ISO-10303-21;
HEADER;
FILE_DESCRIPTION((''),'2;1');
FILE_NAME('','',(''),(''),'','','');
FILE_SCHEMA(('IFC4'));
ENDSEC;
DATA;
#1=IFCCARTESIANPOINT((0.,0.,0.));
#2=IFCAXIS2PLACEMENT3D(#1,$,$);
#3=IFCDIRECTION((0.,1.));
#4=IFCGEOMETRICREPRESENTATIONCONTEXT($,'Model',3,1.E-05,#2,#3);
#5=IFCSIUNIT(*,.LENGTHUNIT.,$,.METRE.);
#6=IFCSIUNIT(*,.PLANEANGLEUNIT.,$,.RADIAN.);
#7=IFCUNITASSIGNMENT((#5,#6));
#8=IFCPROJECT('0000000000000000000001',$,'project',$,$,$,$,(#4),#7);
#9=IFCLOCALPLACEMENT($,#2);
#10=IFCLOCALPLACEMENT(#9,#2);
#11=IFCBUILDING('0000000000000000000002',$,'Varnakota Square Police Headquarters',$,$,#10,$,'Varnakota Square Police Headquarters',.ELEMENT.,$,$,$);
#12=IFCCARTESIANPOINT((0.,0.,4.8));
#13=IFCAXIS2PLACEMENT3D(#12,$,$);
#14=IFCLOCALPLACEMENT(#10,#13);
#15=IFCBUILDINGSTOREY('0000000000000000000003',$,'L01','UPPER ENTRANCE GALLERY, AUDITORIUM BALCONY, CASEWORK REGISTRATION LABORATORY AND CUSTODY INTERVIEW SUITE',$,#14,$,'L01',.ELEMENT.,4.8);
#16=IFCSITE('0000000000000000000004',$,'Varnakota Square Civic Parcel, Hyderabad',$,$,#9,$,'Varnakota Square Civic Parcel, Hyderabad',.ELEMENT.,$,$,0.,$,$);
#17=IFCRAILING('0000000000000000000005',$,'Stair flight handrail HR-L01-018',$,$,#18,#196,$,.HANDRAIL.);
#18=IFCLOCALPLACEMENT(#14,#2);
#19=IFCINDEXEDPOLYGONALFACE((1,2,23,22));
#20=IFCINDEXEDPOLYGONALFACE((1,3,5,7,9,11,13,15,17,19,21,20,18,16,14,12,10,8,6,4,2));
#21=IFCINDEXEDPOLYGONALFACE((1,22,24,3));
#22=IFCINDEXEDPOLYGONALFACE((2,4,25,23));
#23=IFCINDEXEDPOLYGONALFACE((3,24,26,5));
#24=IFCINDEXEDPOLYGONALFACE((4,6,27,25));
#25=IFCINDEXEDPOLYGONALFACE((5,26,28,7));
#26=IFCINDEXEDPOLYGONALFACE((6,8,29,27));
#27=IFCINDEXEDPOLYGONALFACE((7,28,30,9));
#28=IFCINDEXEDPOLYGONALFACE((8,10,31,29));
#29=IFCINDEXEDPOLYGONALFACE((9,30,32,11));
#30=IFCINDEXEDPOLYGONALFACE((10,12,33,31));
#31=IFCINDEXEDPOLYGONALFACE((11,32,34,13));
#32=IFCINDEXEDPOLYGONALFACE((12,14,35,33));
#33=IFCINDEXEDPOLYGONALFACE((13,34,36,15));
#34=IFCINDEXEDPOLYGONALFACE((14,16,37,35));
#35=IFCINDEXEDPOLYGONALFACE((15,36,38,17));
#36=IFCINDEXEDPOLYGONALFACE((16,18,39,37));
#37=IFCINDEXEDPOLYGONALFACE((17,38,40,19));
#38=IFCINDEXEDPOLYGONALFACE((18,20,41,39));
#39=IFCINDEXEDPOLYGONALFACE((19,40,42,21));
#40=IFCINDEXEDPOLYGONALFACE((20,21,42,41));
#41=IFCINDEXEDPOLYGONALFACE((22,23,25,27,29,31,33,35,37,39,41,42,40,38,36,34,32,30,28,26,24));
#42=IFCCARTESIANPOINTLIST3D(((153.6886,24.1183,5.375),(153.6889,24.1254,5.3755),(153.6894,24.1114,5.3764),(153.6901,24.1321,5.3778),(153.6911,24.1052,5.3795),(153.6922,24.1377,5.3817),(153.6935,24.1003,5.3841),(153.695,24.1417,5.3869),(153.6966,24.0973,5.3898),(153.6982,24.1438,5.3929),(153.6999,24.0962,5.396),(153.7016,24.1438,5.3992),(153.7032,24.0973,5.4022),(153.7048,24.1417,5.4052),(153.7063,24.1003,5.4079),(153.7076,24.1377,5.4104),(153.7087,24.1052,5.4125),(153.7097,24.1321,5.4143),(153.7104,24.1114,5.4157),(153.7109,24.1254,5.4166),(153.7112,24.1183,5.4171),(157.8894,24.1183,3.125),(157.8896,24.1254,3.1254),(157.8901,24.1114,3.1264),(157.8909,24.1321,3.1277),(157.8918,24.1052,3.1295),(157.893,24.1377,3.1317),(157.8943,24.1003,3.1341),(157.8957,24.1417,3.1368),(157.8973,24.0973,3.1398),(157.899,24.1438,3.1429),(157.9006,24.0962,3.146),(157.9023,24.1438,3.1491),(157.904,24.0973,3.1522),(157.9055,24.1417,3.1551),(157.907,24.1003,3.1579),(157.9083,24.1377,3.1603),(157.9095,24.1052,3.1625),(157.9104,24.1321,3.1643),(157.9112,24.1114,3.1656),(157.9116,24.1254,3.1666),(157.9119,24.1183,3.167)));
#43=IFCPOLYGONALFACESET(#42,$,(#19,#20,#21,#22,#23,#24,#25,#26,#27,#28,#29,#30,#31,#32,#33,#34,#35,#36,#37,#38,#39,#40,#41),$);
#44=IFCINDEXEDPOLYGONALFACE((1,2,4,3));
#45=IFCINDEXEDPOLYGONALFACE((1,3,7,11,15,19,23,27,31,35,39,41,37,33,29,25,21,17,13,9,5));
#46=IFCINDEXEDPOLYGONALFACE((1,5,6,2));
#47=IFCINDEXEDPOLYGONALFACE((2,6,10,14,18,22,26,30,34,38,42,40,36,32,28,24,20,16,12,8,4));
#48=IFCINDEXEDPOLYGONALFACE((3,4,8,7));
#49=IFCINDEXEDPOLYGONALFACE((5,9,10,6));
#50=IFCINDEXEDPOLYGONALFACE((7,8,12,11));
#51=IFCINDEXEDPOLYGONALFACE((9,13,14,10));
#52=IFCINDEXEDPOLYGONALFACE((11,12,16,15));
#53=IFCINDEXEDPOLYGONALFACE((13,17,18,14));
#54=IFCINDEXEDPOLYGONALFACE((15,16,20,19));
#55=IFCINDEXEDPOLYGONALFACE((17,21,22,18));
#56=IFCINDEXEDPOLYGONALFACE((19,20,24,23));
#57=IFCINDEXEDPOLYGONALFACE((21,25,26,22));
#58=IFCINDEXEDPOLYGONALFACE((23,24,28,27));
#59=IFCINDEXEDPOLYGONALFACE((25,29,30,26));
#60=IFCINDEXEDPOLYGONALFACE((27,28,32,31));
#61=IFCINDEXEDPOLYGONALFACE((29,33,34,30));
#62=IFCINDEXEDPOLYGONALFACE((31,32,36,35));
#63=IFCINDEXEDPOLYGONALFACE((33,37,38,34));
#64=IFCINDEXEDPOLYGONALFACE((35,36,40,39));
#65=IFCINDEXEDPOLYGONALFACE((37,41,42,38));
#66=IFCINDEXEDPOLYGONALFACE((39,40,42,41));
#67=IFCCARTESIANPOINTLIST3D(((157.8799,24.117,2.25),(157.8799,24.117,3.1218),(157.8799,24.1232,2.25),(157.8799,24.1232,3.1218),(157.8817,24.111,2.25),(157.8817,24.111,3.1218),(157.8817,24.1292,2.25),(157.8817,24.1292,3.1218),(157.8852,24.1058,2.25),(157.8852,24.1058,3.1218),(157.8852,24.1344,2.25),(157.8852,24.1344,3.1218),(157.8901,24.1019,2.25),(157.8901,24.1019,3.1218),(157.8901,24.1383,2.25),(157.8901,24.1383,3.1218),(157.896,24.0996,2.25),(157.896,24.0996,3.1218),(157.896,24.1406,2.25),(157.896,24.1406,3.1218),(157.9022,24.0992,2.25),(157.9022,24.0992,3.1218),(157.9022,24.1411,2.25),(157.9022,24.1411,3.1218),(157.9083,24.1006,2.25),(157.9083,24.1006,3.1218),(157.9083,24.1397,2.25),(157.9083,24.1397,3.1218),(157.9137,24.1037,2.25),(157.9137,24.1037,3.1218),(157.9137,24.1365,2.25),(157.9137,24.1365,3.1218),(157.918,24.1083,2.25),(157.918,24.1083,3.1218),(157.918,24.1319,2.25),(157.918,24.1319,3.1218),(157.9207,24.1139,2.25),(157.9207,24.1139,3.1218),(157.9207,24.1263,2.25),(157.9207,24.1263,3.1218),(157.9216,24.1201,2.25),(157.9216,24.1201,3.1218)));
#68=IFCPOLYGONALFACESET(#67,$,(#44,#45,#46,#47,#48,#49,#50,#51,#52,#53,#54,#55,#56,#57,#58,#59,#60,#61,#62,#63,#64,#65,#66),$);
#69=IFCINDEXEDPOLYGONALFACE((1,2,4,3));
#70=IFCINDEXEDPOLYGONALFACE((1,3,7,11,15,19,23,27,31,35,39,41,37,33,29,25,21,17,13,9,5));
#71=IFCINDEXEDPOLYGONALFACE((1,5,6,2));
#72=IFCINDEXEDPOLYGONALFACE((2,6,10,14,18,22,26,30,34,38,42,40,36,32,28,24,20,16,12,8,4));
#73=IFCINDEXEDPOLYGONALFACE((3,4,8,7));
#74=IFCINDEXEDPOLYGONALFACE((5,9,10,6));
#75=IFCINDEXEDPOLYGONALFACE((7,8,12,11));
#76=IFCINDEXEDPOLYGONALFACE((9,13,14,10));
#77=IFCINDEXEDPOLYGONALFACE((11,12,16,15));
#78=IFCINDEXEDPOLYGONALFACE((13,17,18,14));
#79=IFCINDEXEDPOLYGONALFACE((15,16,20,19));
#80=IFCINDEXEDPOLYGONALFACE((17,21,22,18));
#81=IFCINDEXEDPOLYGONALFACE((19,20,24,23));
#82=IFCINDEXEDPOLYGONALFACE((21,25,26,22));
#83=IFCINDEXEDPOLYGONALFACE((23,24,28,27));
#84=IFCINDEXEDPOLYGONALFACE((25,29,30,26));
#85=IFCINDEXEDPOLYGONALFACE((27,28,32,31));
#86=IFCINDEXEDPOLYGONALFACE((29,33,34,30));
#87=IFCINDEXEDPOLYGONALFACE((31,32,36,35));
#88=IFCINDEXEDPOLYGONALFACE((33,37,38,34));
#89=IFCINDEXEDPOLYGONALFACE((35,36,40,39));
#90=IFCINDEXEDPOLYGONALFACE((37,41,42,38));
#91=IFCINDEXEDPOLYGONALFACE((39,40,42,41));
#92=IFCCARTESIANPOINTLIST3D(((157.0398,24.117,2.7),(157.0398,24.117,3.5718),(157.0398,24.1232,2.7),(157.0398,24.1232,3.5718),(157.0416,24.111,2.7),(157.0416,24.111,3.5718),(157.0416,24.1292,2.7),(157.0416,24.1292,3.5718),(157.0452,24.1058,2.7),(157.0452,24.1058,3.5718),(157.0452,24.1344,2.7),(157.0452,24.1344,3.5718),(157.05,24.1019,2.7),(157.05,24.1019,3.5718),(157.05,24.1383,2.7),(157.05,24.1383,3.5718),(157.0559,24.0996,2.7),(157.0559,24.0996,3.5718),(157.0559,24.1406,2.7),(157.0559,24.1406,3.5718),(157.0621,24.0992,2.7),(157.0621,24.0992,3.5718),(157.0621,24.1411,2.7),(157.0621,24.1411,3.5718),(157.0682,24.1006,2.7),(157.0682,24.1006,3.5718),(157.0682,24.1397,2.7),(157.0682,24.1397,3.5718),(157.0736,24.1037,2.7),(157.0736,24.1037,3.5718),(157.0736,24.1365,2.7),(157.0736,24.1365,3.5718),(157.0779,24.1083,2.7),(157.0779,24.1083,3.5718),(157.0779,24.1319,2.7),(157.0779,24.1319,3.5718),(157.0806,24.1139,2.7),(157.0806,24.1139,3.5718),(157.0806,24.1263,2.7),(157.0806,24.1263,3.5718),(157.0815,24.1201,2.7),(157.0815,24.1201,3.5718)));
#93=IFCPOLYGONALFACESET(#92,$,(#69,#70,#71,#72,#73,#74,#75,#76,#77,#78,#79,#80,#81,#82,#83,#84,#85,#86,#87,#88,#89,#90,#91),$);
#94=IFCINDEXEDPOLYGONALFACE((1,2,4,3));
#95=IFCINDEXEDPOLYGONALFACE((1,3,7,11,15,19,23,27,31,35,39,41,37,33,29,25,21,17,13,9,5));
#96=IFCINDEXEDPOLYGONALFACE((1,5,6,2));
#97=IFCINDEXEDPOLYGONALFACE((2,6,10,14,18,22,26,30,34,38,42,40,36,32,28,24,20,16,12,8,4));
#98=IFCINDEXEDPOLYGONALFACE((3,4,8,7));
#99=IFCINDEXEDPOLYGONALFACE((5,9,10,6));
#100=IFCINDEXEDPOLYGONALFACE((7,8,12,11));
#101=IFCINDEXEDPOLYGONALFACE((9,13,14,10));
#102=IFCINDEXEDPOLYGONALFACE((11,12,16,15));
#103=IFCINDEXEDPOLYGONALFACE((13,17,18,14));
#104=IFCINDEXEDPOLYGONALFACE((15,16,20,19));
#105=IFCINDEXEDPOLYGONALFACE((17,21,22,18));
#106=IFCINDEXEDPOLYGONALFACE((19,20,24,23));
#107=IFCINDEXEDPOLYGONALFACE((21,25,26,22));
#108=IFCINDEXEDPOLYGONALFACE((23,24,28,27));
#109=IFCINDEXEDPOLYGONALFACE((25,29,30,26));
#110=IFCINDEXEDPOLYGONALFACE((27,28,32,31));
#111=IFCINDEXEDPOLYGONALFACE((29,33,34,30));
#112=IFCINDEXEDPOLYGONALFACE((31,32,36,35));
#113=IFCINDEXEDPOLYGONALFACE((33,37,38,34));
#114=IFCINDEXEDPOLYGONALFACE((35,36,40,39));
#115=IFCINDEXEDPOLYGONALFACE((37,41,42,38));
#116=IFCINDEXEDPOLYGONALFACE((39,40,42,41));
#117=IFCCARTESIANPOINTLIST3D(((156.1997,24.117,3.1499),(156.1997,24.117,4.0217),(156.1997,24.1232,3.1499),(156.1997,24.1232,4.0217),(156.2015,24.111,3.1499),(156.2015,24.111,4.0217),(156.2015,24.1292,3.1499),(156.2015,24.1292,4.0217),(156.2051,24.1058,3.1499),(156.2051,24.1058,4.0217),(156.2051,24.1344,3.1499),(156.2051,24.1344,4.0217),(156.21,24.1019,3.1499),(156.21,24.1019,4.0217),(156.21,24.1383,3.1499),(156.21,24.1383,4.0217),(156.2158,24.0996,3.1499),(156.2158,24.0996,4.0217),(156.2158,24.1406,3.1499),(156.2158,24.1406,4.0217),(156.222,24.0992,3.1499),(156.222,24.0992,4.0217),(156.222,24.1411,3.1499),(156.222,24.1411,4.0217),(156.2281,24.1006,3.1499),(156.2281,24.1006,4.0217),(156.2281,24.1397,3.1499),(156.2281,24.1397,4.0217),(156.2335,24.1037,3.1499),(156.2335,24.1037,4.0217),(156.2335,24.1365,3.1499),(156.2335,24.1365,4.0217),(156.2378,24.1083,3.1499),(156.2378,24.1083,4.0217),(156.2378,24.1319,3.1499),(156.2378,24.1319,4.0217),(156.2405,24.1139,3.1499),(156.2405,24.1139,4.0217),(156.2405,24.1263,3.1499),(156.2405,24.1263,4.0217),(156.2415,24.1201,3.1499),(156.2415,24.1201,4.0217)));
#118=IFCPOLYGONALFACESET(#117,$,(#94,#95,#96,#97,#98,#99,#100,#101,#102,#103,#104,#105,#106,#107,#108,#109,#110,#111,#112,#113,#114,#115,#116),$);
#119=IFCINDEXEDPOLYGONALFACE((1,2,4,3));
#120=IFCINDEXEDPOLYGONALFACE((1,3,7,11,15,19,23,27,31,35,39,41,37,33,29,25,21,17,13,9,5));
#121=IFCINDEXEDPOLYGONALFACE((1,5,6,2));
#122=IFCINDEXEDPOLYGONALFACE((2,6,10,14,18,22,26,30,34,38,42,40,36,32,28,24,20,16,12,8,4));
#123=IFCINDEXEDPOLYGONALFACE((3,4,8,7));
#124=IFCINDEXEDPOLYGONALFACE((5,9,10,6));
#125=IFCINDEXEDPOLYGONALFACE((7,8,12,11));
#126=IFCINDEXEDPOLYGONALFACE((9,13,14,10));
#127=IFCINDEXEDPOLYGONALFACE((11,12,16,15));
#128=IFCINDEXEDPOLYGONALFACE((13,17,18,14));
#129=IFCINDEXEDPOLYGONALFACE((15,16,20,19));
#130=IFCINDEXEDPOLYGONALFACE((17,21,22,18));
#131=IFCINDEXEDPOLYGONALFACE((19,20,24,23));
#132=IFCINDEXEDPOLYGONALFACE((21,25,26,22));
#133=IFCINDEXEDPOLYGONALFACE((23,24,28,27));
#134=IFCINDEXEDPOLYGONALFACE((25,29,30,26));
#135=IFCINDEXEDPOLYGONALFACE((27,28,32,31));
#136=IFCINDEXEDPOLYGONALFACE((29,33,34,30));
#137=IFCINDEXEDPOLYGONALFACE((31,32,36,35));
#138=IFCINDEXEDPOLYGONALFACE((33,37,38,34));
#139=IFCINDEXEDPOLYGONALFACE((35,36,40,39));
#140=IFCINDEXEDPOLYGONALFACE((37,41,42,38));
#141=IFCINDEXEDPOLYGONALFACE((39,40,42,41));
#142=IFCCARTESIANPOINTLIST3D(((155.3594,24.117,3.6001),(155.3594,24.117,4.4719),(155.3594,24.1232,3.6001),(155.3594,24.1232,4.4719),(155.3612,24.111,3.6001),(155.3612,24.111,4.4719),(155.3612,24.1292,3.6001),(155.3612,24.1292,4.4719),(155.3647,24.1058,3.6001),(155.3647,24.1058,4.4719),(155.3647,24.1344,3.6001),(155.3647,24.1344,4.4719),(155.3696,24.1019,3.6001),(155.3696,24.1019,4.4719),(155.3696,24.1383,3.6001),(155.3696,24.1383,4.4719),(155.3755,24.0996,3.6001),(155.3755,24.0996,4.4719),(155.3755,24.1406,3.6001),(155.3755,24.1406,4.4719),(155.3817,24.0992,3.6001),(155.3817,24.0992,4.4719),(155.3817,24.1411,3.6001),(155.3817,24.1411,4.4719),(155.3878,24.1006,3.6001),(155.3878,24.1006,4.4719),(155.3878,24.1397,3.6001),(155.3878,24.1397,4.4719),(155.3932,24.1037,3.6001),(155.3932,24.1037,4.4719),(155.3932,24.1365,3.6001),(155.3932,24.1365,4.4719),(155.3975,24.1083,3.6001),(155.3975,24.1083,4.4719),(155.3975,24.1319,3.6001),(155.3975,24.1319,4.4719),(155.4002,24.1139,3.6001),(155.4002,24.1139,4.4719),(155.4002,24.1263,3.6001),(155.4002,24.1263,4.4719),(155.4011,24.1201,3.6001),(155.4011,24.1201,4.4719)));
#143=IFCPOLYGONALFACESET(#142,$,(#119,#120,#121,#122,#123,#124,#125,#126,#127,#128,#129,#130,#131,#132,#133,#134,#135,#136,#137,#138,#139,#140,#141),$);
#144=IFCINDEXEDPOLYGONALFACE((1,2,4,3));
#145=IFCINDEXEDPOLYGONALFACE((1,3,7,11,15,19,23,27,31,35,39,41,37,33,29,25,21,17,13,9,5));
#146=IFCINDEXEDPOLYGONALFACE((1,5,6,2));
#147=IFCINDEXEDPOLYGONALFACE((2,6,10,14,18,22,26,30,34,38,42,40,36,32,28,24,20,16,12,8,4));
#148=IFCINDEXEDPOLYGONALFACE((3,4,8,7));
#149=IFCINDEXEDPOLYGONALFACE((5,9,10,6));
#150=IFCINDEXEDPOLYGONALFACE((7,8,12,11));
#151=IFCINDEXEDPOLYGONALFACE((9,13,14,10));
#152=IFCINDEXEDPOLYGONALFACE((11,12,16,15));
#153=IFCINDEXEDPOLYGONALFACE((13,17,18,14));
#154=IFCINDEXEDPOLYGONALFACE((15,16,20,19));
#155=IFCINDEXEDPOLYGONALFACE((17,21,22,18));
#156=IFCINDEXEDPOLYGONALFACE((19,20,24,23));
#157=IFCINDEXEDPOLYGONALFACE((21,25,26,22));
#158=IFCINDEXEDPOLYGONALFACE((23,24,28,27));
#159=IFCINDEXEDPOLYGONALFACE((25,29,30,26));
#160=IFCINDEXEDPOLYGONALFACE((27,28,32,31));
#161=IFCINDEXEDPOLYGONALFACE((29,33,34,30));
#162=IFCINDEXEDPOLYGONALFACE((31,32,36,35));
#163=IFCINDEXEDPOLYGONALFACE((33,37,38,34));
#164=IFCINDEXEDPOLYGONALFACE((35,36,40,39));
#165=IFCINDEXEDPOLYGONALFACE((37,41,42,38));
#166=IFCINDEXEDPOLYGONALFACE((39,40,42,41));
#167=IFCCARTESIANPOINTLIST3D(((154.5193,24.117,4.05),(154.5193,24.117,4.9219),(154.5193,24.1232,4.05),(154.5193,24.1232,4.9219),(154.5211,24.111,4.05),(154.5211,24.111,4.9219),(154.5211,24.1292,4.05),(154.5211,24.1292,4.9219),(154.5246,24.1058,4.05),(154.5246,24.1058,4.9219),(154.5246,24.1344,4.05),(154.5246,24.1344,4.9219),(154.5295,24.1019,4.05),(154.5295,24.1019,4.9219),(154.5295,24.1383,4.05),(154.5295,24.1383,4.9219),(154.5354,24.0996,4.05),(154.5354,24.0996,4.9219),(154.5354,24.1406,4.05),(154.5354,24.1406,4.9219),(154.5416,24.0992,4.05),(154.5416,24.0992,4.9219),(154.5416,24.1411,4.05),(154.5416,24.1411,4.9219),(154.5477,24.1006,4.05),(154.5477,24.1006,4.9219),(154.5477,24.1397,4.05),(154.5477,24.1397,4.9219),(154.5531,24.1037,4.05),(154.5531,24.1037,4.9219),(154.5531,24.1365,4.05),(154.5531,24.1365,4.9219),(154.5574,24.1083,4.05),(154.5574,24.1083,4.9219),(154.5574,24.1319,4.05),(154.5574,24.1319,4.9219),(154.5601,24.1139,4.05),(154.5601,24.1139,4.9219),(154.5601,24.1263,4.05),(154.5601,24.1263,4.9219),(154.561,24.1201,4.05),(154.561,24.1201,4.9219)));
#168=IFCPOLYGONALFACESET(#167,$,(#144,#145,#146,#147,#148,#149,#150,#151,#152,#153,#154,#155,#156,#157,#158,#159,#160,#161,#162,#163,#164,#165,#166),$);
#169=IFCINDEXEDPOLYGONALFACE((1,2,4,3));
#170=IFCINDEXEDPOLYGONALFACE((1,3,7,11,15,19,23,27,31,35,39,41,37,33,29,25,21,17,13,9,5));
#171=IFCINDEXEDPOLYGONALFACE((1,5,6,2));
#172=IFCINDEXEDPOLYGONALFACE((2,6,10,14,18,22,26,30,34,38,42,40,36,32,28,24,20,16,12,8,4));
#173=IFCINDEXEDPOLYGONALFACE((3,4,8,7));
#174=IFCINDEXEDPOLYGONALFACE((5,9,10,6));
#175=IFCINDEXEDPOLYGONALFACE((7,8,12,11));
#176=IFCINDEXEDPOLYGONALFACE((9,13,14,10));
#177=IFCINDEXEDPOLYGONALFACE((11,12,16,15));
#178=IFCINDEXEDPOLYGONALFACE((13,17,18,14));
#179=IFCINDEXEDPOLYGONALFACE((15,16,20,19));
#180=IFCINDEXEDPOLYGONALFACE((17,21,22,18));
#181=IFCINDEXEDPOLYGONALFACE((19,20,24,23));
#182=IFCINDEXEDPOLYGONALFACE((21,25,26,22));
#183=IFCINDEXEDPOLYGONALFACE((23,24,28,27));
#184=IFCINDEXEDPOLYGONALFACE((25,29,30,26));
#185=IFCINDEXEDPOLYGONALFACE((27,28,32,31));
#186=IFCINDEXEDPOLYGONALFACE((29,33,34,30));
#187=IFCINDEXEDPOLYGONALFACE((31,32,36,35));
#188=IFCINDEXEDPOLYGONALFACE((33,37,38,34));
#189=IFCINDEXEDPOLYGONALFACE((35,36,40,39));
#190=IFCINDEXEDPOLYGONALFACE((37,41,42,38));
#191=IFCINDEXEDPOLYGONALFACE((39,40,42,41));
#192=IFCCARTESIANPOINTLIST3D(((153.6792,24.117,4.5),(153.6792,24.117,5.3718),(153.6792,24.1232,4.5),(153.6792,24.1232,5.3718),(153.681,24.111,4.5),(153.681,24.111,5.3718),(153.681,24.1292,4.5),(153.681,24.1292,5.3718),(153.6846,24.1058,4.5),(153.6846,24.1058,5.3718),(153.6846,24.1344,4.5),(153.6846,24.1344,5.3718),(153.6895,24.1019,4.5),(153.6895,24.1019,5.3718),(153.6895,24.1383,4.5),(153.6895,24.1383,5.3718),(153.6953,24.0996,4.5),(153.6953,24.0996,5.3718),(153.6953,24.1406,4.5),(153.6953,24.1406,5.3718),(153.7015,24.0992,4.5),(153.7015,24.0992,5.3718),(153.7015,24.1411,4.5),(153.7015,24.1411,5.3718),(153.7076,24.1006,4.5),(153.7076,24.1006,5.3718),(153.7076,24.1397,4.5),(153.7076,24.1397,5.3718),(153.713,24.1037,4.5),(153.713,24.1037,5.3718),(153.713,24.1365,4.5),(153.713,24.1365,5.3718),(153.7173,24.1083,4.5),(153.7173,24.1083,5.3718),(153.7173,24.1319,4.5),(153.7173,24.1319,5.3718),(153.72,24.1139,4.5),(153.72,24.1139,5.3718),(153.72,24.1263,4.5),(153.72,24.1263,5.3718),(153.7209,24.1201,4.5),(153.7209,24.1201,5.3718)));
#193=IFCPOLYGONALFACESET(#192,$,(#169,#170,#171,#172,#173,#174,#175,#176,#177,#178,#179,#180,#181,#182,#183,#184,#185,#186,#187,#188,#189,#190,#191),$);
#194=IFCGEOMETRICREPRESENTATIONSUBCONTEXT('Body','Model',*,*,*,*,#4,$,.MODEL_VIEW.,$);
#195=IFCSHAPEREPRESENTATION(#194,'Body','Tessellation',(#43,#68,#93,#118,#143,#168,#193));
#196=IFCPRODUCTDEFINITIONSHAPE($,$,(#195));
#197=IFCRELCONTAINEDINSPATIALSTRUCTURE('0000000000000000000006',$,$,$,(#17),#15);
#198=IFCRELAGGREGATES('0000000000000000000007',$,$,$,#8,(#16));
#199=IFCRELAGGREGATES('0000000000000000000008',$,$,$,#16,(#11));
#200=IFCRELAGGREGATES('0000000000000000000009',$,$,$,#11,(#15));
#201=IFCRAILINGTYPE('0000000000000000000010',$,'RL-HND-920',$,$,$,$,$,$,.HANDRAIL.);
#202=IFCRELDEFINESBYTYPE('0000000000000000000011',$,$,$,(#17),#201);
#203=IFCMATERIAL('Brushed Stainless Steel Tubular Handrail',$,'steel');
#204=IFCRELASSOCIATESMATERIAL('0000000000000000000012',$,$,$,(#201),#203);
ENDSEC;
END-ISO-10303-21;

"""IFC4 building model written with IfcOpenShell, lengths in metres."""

from ifc_helpers import new_model, si_unit, direction, frame, origin, origin_2d, place, context, subcontext, project, spatial, circle, extrude, material, type_object, element, save


model = new_model("IFC4")

# Units and contexts
model_context = context("Model", 3, precision=1e-05, world=origin(), true_north=direction((0.0, 1.0)))
body_context = subcontext(model_context, "Body", "Model", "MODEL_VIEW")
ifc_project = project(units=[si_unit("LENGTHUNIT", "METRE"), si_unit("PLANEANGLEUNIT", "RADIAN")], contexts=[model_context])

# Site, building, storey
site_placement = place(None, origin())
site = spatial("IfcSite", under=ifc_project, at=site_placement, Name="Varnakota Square Civic Parcel, Hyderabad", LongName="Varnakota Square Civic Parcel, Hyderabad", CompositionType="ELEMENT", RefElevation=0.0)
building_placement = place(site_placement, origin())
building = spatial("IfcBuilding", under=site, at=building_placement, Name="Varnakota Square Police Headquarters", LongName="Varnakota Square Police Headquarters", CompositionType="ELEMENT")
storey_placement = place(building_placement, frame((0.0, 0.0, 4.8)))
storey = spatial("IfcBuildingStorey", under=building, at=storey_placement, Name="L01", Description="UPPER ENTRANCE GALLERY, AUDITORIUM BALCONY, CASEWORK REGISTRATION LABORATORY AND CUSTODY INTERVIEW SUITE", LongName="L01", CompositionType="ELEMENT", Elevation=4.8)

# Railing
ifc_material_1 = material(Name="Brushed Stainless Steel Tubular Handrail", Category="steel")
railing_type_1 = type_object("IfcRailingType", Name="RL-HND-920", PredefinedType="HANDRAIL", material=ifc_material_1)
railing_1_placement = place(storey_placement, frame((157.9006, 24.1201, 2.25)))
element("IfcRailing", 1, at=railing_1_placement, inside=storey, type_object=railing_type_1, Name="Stair flight handrail HR-L01-018", PredefinedType="HANDRAIL", context=body_context, shape_type="SweptSolid", body=[
    extrude(circle(Radius=0.0239, at=origin_2d()), frame((0.0, 0.0, 0.896), z_axis=(-0.881512, 0.0, 0.472162), x_axis=(0.0, -1.0, 0.0)), (0.0, 0.0, 1.0), 4.7654),
    extrude(circle(Radius=0.021, at=origin_2d()), origin(), (0.0, 0.0, 1.0), 0.8718),
    extrude(circle(Radius=0.021, at=origin_2d()), frame((-0.8401, 0.0, 0.45)), (0.0, 0.0, 1.0), 0.8718),
    extrude(circle(Radius=0.021, at=origin_2d()), frame((-1.6802, 0.0, 0.8999)), (0.0, 0.0, 1.0), 0.8718),
    extrude(circle(Radius=0.021, at=origin_2d()), frame((-2.5205, 0.0, 1.3501)), (0.0, 0.0, 1.0), 0.8718),
    extrude(circle(Radius=0.021, at=origin_2d()), frame((-3.3606, 0.0, 1.8)), (0.0, 0.0, 1.0), 0.8718),
    extrude(circle(Radius=0.021, at=origin_2d()), frame((-4.2007, 0.0, 2.25)), (0.0, 0.0, 1.0), 0.8718),
])

save(model, "model.ifc")
